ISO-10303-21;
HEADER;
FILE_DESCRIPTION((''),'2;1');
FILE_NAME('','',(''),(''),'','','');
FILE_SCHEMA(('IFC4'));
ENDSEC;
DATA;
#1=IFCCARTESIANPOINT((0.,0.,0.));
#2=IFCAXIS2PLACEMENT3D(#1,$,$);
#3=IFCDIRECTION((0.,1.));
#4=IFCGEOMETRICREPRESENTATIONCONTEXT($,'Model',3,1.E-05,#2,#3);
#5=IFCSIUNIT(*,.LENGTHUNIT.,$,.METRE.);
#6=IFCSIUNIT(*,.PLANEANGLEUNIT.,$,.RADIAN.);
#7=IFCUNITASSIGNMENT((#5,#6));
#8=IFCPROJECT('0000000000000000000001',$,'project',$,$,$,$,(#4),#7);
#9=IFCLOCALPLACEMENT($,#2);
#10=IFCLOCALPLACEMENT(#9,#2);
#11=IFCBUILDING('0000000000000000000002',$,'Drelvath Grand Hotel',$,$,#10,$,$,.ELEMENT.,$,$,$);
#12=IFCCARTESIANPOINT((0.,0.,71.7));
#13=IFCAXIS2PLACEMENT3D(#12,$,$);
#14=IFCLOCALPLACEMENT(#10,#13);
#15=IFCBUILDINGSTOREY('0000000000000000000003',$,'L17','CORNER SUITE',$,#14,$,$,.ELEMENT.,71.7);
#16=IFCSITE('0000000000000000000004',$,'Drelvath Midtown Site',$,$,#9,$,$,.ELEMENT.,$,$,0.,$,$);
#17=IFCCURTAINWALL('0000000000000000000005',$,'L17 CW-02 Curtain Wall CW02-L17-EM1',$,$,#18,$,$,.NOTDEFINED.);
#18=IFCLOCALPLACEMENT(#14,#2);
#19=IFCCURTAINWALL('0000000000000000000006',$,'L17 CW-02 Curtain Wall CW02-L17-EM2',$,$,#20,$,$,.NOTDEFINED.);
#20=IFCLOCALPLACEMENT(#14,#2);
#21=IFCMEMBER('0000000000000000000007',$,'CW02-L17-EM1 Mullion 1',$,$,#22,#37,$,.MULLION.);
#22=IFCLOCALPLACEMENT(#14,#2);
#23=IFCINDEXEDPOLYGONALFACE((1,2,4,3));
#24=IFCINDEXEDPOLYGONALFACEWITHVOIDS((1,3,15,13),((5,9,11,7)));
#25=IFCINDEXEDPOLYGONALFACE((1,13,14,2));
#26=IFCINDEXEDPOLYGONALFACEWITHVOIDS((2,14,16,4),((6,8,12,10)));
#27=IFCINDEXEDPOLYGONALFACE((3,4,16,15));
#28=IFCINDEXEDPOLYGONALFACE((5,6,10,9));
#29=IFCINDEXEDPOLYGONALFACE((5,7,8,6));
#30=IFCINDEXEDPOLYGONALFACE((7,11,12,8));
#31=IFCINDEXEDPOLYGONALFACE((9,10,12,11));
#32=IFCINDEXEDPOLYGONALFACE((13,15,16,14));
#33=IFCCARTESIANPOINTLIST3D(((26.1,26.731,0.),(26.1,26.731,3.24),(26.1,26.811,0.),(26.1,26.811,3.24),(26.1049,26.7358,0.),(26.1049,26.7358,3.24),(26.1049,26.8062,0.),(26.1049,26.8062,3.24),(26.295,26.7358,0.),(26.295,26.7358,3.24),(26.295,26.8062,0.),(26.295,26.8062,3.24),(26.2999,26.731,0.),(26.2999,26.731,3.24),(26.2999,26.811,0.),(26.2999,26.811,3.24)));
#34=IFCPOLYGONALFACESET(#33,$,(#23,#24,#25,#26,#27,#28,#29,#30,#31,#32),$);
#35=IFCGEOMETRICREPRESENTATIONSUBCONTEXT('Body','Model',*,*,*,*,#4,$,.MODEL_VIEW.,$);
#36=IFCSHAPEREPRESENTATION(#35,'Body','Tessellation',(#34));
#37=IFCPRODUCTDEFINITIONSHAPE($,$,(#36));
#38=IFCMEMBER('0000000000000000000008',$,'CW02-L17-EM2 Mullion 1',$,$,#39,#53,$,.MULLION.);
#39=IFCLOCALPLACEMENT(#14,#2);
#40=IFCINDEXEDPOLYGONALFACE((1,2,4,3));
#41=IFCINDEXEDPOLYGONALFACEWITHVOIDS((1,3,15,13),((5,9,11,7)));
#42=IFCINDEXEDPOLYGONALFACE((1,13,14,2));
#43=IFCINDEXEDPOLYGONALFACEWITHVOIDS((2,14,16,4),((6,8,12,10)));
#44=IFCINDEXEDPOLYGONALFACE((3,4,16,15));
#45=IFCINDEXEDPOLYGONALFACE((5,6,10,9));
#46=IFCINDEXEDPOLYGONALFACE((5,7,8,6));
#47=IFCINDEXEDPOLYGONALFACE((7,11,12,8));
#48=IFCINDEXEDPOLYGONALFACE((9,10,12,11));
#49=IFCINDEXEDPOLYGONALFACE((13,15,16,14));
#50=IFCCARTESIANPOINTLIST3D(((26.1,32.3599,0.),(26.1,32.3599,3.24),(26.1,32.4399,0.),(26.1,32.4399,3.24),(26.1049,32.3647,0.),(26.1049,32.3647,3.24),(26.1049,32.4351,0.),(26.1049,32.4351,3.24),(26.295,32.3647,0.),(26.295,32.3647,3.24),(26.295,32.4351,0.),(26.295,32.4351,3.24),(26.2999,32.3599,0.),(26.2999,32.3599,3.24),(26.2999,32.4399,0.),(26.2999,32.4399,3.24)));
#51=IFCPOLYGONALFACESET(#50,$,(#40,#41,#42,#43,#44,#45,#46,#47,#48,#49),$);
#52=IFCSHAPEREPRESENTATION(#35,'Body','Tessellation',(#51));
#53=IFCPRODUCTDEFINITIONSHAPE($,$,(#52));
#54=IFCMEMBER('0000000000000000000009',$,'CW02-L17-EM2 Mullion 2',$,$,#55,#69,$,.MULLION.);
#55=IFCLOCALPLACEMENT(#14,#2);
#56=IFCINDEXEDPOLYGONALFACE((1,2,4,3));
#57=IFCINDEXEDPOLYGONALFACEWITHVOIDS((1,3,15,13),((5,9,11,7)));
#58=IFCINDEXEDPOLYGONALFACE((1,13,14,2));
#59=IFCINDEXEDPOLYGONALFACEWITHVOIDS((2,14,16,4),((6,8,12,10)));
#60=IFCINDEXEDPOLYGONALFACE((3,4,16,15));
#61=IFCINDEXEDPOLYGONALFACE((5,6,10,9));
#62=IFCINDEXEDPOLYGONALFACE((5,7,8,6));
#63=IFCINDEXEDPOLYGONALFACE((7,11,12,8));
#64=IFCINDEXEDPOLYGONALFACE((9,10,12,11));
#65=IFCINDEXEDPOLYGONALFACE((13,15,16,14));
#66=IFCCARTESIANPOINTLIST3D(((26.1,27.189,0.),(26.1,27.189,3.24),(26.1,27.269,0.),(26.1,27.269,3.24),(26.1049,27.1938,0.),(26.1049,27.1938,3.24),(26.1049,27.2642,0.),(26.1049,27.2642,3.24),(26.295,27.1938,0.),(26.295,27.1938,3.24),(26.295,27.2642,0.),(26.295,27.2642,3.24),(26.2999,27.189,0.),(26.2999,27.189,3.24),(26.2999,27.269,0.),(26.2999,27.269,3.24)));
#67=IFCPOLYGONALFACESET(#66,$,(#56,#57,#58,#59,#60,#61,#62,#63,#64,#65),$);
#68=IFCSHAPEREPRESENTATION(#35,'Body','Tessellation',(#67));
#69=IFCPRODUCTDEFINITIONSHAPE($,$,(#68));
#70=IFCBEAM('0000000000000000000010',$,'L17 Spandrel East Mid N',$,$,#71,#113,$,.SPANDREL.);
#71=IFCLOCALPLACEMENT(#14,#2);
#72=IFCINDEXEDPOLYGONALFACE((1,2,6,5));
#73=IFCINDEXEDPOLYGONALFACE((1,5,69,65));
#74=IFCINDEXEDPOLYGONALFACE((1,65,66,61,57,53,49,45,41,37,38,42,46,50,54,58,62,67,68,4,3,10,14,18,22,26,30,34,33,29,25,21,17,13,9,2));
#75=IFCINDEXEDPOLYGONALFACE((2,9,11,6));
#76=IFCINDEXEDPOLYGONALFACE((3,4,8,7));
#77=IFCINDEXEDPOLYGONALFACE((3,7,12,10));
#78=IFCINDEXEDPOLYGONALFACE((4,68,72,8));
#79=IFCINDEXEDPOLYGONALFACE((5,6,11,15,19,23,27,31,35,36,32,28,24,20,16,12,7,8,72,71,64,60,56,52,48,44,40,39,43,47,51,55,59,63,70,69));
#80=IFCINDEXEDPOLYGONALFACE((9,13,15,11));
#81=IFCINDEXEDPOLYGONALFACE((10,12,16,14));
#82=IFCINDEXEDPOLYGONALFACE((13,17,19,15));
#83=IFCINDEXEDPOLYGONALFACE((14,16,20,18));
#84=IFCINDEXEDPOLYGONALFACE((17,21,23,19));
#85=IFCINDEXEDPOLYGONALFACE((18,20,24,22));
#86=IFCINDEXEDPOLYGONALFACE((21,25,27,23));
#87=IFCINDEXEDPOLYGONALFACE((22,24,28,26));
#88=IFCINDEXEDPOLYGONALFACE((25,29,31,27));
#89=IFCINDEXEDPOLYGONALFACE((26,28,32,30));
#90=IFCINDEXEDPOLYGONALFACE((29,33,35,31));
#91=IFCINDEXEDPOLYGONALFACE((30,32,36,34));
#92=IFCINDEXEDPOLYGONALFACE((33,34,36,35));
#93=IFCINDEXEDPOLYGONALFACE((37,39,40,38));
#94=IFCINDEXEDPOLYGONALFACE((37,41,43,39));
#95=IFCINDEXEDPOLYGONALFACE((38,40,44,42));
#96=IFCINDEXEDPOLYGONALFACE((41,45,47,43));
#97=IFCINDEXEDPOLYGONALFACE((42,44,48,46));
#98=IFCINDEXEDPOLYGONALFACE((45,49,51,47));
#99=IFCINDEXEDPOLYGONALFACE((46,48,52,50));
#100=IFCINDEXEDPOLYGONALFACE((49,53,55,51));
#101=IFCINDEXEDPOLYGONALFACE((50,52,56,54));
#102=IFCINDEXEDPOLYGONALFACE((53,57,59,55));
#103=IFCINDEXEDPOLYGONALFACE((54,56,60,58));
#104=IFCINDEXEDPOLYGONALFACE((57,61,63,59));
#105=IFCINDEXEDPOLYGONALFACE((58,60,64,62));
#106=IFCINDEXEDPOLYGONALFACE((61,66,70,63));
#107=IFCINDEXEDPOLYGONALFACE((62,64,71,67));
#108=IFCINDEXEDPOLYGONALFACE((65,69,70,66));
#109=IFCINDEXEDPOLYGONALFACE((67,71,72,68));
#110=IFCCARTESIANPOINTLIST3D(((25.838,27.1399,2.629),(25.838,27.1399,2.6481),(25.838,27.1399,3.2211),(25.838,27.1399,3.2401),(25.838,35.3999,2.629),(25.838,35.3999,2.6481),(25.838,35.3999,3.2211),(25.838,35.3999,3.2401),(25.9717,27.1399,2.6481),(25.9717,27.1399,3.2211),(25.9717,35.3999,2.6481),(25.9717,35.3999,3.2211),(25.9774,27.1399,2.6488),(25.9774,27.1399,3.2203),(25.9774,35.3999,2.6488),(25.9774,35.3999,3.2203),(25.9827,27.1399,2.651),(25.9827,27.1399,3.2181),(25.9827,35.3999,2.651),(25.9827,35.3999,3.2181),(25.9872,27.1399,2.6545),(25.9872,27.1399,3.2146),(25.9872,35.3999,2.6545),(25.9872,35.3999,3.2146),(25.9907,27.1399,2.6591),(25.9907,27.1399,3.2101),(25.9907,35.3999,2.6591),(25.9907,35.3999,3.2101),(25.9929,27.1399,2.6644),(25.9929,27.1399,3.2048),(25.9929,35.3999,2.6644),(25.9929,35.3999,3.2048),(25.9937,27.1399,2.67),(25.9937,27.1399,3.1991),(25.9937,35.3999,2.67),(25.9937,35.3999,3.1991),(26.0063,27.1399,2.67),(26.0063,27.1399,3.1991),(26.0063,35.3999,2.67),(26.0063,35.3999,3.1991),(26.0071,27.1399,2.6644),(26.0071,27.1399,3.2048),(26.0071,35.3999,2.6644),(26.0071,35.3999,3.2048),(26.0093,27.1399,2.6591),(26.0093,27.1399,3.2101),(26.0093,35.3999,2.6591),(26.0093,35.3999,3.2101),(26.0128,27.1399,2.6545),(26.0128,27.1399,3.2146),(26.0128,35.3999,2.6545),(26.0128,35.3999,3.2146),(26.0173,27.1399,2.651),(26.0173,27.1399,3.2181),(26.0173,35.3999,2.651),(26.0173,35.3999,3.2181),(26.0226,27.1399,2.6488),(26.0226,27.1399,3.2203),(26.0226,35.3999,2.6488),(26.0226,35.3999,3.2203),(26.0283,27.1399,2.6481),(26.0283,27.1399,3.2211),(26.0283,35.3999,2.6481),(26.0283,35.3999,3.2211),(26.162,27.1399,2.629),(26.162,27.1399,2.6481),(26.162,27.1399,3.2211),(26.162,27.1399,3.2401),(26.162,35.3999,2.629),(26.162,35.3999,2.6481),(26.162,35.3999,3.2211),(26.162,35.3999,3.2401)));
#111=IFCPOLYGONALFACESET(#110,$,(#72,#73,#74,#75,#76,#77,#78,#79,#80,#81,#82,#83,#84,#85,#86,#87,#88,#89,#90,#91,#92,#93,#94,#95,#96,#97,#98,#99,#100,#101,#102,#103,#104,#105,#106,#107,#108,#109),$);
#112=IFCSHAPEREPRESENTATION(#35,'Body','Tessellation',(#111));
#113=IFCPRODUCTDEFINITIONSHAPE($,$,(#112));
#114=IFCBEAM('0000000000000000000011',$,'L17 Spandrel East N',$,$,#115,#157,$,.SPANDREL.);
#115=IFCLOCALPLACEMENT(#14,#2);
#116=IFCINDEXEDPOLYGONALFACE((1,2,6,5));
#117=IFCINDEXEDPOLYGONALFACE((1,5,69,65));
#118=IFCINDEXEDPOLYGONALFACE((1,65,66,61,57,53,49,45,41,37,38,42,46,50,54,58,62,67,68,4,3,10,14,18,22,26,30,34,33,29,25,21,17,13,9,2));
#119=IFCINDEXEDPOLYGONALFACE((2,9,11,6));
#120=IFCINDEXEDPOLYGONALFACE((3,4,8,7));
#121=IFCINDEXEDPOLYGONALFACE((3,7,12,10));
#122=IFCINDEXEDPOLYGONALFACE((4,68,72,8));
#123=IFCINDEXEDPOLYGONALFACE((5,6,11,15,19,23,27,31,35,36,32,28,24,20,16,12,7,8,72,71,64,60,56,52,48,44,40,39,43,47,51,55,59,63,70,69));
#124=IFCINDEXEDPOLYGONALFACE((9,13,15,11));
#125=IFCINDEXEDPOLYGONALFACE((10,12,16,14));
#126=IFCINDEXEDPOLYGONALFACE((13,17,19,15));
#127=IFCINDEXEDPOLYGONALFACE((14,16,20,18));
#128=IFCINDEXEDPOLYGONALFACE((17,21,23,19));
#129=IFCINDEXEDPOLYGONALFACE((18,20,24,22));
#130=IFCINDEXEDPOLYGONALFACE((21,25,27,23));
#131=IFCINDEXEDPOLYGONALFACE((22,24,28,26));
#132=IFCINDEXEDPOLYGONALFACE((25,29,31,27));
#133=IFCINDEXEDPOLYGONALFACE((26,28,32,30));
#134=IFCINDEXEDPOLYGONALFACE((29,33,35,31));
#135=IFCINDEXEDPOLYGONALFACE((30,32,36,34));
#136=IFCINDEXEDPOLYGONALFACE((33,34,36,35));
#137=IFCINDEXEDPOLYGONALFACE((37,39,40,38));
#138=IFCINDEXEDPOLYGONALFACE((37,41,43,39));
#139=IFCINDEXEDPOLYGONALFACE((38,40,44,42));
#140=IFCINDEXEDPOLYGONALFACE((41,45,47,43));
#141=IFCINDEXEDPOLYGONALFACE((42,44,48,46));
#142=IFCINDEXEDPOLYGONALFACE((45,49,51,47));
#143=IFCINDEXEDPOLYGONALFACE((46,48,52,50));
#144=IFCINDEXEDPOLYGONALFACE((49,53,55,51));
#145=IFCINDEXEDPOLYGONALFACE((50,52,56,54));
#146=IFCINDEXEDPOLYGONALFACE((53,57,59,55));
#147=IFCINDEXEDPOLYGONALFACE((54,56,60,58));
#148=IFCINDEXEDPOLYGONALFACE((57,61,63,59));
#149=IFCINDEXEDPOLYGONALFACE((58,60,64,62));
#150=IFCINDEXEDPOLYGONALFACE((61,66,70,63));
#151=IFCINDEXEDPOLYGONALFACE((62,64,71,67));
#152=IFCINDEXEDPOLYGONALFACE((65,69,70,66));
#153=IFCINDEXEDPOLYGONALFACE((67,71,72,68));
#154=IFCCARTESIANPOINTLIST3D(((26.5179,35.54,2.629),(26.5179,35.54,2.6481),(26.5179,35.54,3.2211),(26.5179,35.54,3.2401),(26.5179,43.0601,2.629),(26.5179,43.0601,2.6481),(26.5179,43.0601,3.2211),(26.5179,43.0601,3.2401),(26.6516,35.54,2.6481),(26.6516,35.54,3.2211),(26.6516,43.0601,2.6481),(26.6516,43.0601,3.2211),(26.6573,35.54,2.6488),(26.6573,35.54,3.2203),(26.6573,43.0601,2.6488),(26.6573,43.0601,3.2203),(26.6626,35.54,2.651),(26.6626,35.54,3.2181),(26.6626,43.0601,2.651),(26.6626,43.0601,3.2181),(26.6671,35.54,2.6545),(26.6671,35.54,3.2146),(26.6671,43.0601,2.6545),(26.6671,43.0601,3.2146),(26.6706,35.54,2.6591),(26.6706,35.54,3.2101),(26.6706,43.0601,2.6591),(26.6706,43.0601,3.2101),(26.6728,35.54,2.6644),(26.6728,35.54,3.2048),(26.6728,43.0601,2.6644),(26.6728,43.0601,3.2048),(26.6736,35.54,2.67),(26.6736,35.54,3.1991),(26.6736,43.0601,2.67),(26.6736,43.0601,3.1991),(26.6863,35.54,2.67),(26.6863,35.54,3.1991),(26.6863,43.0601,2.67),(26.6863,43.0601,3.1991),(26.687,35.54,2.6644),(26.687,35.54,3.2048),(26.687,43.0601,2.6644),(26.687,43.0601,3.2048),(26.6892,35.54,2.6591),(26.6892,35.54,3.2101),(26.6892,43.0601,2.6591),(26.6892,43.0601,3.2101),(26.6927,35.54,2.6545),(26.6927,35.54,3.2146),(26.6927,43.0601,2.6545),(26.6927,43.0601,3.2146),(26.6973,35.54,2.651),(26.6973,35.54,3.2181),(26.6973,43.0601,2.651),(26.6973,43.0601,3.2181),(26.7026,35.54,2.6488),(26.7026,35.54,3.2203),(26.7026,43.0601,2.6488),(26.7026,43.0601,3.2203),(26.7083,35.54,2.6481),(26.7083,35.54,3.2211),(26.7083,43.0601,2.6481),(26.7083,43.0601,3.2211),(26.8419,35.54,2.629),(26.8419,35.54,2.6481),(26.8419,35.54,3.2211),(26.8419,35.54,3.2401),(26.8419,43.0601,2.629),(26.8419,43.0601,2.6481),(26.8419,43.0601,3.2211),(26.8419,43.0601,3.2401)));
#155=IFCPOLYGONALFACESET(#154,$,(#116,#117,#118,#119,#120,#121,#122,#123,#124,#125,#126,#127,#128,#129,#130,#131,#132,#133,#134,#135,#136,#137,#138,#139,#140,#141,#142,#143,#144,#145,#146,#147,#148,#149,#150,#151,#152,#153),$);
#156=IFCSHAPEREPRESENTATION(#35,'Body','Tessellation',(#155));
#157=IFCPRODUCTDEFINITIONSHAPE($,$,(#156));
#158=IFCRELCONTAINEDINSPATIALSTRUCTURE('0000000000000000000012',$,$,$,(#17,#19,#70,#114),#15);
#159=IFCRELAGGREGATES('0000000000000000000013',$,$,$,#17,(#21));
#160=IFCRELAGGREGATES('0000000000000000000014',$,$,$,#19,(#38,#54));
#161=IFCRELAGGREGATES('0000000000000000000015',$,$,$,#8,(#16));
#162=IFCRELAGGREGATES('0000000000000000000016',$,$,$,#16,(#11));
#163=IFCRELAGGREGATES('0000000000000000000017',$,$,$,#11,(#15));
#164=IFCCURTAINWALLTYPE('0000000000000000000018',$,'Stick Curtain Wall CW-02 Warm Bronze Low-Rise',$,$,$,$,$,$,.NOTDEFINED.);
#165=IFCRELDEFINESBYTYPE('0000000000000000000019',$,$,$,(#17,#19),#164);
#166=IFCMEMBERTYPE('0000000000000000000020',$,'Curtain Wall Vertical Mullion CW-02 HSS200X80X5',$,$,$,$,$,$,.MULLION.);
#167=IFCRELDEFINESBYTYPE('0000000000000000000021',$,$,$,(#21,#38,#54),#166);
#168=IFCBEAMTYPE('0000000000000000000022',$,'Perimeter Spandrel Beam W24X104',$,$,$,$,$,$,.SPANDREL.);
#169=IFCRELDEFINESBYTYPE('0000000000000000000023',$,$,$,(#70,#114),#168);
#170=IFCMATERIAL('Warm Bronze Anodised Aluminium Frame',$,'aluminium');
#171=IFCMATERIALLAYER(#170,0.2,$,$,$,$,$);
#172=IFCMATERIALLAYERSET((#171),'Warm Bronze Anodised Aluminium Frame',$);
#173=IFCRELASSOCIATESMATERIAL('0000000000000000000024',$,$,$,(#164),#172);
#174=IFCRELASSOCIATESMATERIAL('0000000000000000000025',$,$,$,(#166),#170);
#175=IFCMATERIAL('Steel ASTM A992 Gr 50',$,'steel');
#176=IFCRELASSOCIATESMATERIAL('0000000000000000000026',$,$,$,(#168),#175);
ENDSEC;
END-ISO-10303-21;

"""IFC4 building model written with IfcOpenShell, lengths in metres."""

from ifc_helpers import new_model, si_unit, direction, frame, origin, origin_2d, place, context, subcontext, project, spatial, hollow_rectangle, i_section, extrude, material, layer, layer_set, material_profile, profile_set, type_object, element, aggregate, save


model = new_model("IFC4")

# Units and contexts
model_context = context("Model", 3, precision=1e-05, world=origin(), true_north=direction((0.0, 1.0)))
body_context = subcontext(model_context, "Body", "Model", "MODEL_VIEW")
ifc_project = project(units=[si_unit("LENGTHUNIT", "METRE"), si_unit("PLANEANGLEUNIT", "RADIAN")], contexts=[model_context])

# Site, building, storey
site_placement = place(None, origin())
site = spatial("IfcSite", under=ifc_project, at=site_placement, Name="Drelvath Midtown Site", CompositionType="ELEMENT", RefElevation=0.0)
building_placement = place(site_placement, origin())
building = spatial("IfcBuilding", under=site, at=building_placement, Name="Drelvath Grand Hotel", CompositionType="ELEMENT")
storey_placement = place(building_placement, frame((0.0, 0.0, 71.7)))
storey = spatial("IfcBuildingStorey", under=building, at=storey_placement, Name="L17", Description="CORNER SUITE", CompositionType="ELEMENT", Elevation=71.7)

# Curtain walls
ifc_material_1 = material(Name="Warm Bronze Anodised Aluminium Frame", Category="aluminium")
ifc_layer_1 = layer(ifc_material_1, 0.2)
ifc_layer_set_1 = layer_set([ifc_layer_1], Name="Warm Bronze Anodised Aluminium Frame")
curtain_wall_type = type_object("IfcCurtainWallType", Name="Stick Curtain Wall CW-02 Warm Bronze Low-Rise", PredefinedType="NOTDEFINED", material=ifc_layer_set_1)
curtain_wall_1_placement = place(storey_placement, origin())
curtain_wall_1 = element("IfcCurtainWall", 1, at=curtain_wall_1_placement, inside=storey, type_object=curtain_wall_type, Name="L17 CW-02 Curtain Wall CW02-L17-EM1", PredefinedType="NOTDEFINED")
curtain_wall_2_placement = place(storey_placement, origin())
curtain_wall_2 = element("IfcCurtainWall", 2, at=curtain_wall_2_placement, inside=storey, type_object=curtain_wall_type, Name="L17 CW-02 Curtain Wall CW02-L17-EM2", PredefinedType="NOTDEFINED")

# Members
ifc_material_profile_1 = material_profile(ifc_material_1, hollow_rectangle(XDim=0.0801, YDim=0.2, WallThickness=0.0049, at=origin_2d()), Name="HSS200X80X5")
ifc_profile_set_1 = profile_set([ifc_material_profile_1], Name="Warm Bronze Anodised Aluminium Frame")
member_type_1 = type_object("IfcMemberType", Name="Curtain Wall Vertical Mullion CW-02 HSS200X80X5", PredefinedType="MULLION", material=ifc_profile_set_1)
member_1_placement = place(storey_placement, frame((26.2, 26.771, 0.0), z_axis=(0.0, 0.0, 1.0), x_axis=(0.0, 1.0, 0.0)))
member_1 = element("IfcMember", 3, at=member_1_placement, type_object=member_type_1, Name="CW02-L17-EM1 Mullion 1", PredefinedType="MULLION", context=body_context, shape_type="SweptSolid", body=[
    extrude(hollow_rectangle(XDim=0.0801, YDim=0.2, WallThickness=0.0049, at=origin_2d()), origin(), (0.0, 0.0, 1.0), 3.24),
])
aggregate(curtain_wall_1, [member_1])
member_2_placement = place(storey_placement, frame((26.2, 32.3999, 0.0), z_axis=(0.0, 0.0, 1.0), x_axis=(0.0, 1.0, 0.0)))
member_2 = element("IfcMember", 4, at=member_2_placement, type_object=member_type_1, Name="CW02-L17-EM2 Mullion 1", PredefinedType="MULLION", context=body_context, shape_type="SweptSolid", body=[
    extrude(hollow_rectangle(XDim=0.0801, YDim=0.2, WallThickness=0.0049, at=origin_2d()), origin(), (0.0, 0.0, 1.0), 3.24),
])
member_3_placement = place(storey_placement, frame((26.2, 27.229, 0.0), z_axis=(0.0, 0.0, 1.0), x_axis=(0.0, 1.0, 0.0)))
member_3 = element("IfcMember", 5, at=member_3_placement, type_object=member_type_1, Name="CW02-L17-EM2 Mullion 2", PredefinedType="MULLION", context=body_context, shape_type="SweptSolid", body=[
    extrude(hollow_rectangle(XDim=0.0801, YDim=0.2, WallThickness=0.0049, at=origin_2d()), origin(), (0.0, 0.0, 1.0), 3.24),
])

# Beams
ifc_material_2 = material(Name="Steel ASTM A992 Gr 50", Category="steel")
ifc_material_profile_2 = material_profile(ifc_material_2, i_section(OverallWidth=0.324, OverallDepth=0.6111, WebThickness=0.0127, FlangeThickness=0.019, FilletRadius=0.022, at=origin_2d()), Name="W24X104")
ifc_profile_set_2 = profile_set([ifc_material_profile_2], Name="Steel ASTM A992 Gr 50")
beam_type_1 = type_object("IfcBeamType", Name="Perimeter Spandrel Beam W24X104", PredefinedType="SPANDREL", material=ifc_profile_set_2)
beam_1_placement = place(storey_placement, frame((26.0, 27.1399, 2.9346), z_axis=(0.0, 1.0, 0.0), x_axis=(-1.0, 0.0, 0.0)))
element("IfcBeam", 6, at=beam_1_placement, inside=storey, type_object=beam_type_1, Name="L17 Spandrel East Mid N", PredefinedType="SPANDREL", context=body_context, shape_type="SweptSolid", body=[
    extrude(i_section(OverallWidth=0.324, OverallDepth=0.6111, WebThickness=0.0127, FlangeThickness=0.019, FilletRadius=0.022, at=origin_2d()), origin(), (0.0, 0.0, 1.0), 8.26),
])
beam_2_placement = place(storey_placement, frame((26.6799, 35.54, 2.9346), z_axis=(0.0, 1.0, 0.0), x_axis=(-1.0, 0.0, 0.0)))
element("IfcBeam", 7, at=beam_2_placement, inside=storey, type_object=beam_type_1, Name="L17 Spandrel East N", PredefinedType="SPANDREL", context=body_context, shape_type="SweptSolid", body=[
    extrude(i_section(OverallWidth=0.324, OverallDepth=0.6111, WebThickness=0.0127, FlangeThickness=0.019, FilletRadius=0.022, at=origin_2d()), origin(), (0.0, 0.0, 1.0), 7.52),
])

aggregate(curtain_wall_2, [member_2, member_3])

save(model, "model.ifc")
